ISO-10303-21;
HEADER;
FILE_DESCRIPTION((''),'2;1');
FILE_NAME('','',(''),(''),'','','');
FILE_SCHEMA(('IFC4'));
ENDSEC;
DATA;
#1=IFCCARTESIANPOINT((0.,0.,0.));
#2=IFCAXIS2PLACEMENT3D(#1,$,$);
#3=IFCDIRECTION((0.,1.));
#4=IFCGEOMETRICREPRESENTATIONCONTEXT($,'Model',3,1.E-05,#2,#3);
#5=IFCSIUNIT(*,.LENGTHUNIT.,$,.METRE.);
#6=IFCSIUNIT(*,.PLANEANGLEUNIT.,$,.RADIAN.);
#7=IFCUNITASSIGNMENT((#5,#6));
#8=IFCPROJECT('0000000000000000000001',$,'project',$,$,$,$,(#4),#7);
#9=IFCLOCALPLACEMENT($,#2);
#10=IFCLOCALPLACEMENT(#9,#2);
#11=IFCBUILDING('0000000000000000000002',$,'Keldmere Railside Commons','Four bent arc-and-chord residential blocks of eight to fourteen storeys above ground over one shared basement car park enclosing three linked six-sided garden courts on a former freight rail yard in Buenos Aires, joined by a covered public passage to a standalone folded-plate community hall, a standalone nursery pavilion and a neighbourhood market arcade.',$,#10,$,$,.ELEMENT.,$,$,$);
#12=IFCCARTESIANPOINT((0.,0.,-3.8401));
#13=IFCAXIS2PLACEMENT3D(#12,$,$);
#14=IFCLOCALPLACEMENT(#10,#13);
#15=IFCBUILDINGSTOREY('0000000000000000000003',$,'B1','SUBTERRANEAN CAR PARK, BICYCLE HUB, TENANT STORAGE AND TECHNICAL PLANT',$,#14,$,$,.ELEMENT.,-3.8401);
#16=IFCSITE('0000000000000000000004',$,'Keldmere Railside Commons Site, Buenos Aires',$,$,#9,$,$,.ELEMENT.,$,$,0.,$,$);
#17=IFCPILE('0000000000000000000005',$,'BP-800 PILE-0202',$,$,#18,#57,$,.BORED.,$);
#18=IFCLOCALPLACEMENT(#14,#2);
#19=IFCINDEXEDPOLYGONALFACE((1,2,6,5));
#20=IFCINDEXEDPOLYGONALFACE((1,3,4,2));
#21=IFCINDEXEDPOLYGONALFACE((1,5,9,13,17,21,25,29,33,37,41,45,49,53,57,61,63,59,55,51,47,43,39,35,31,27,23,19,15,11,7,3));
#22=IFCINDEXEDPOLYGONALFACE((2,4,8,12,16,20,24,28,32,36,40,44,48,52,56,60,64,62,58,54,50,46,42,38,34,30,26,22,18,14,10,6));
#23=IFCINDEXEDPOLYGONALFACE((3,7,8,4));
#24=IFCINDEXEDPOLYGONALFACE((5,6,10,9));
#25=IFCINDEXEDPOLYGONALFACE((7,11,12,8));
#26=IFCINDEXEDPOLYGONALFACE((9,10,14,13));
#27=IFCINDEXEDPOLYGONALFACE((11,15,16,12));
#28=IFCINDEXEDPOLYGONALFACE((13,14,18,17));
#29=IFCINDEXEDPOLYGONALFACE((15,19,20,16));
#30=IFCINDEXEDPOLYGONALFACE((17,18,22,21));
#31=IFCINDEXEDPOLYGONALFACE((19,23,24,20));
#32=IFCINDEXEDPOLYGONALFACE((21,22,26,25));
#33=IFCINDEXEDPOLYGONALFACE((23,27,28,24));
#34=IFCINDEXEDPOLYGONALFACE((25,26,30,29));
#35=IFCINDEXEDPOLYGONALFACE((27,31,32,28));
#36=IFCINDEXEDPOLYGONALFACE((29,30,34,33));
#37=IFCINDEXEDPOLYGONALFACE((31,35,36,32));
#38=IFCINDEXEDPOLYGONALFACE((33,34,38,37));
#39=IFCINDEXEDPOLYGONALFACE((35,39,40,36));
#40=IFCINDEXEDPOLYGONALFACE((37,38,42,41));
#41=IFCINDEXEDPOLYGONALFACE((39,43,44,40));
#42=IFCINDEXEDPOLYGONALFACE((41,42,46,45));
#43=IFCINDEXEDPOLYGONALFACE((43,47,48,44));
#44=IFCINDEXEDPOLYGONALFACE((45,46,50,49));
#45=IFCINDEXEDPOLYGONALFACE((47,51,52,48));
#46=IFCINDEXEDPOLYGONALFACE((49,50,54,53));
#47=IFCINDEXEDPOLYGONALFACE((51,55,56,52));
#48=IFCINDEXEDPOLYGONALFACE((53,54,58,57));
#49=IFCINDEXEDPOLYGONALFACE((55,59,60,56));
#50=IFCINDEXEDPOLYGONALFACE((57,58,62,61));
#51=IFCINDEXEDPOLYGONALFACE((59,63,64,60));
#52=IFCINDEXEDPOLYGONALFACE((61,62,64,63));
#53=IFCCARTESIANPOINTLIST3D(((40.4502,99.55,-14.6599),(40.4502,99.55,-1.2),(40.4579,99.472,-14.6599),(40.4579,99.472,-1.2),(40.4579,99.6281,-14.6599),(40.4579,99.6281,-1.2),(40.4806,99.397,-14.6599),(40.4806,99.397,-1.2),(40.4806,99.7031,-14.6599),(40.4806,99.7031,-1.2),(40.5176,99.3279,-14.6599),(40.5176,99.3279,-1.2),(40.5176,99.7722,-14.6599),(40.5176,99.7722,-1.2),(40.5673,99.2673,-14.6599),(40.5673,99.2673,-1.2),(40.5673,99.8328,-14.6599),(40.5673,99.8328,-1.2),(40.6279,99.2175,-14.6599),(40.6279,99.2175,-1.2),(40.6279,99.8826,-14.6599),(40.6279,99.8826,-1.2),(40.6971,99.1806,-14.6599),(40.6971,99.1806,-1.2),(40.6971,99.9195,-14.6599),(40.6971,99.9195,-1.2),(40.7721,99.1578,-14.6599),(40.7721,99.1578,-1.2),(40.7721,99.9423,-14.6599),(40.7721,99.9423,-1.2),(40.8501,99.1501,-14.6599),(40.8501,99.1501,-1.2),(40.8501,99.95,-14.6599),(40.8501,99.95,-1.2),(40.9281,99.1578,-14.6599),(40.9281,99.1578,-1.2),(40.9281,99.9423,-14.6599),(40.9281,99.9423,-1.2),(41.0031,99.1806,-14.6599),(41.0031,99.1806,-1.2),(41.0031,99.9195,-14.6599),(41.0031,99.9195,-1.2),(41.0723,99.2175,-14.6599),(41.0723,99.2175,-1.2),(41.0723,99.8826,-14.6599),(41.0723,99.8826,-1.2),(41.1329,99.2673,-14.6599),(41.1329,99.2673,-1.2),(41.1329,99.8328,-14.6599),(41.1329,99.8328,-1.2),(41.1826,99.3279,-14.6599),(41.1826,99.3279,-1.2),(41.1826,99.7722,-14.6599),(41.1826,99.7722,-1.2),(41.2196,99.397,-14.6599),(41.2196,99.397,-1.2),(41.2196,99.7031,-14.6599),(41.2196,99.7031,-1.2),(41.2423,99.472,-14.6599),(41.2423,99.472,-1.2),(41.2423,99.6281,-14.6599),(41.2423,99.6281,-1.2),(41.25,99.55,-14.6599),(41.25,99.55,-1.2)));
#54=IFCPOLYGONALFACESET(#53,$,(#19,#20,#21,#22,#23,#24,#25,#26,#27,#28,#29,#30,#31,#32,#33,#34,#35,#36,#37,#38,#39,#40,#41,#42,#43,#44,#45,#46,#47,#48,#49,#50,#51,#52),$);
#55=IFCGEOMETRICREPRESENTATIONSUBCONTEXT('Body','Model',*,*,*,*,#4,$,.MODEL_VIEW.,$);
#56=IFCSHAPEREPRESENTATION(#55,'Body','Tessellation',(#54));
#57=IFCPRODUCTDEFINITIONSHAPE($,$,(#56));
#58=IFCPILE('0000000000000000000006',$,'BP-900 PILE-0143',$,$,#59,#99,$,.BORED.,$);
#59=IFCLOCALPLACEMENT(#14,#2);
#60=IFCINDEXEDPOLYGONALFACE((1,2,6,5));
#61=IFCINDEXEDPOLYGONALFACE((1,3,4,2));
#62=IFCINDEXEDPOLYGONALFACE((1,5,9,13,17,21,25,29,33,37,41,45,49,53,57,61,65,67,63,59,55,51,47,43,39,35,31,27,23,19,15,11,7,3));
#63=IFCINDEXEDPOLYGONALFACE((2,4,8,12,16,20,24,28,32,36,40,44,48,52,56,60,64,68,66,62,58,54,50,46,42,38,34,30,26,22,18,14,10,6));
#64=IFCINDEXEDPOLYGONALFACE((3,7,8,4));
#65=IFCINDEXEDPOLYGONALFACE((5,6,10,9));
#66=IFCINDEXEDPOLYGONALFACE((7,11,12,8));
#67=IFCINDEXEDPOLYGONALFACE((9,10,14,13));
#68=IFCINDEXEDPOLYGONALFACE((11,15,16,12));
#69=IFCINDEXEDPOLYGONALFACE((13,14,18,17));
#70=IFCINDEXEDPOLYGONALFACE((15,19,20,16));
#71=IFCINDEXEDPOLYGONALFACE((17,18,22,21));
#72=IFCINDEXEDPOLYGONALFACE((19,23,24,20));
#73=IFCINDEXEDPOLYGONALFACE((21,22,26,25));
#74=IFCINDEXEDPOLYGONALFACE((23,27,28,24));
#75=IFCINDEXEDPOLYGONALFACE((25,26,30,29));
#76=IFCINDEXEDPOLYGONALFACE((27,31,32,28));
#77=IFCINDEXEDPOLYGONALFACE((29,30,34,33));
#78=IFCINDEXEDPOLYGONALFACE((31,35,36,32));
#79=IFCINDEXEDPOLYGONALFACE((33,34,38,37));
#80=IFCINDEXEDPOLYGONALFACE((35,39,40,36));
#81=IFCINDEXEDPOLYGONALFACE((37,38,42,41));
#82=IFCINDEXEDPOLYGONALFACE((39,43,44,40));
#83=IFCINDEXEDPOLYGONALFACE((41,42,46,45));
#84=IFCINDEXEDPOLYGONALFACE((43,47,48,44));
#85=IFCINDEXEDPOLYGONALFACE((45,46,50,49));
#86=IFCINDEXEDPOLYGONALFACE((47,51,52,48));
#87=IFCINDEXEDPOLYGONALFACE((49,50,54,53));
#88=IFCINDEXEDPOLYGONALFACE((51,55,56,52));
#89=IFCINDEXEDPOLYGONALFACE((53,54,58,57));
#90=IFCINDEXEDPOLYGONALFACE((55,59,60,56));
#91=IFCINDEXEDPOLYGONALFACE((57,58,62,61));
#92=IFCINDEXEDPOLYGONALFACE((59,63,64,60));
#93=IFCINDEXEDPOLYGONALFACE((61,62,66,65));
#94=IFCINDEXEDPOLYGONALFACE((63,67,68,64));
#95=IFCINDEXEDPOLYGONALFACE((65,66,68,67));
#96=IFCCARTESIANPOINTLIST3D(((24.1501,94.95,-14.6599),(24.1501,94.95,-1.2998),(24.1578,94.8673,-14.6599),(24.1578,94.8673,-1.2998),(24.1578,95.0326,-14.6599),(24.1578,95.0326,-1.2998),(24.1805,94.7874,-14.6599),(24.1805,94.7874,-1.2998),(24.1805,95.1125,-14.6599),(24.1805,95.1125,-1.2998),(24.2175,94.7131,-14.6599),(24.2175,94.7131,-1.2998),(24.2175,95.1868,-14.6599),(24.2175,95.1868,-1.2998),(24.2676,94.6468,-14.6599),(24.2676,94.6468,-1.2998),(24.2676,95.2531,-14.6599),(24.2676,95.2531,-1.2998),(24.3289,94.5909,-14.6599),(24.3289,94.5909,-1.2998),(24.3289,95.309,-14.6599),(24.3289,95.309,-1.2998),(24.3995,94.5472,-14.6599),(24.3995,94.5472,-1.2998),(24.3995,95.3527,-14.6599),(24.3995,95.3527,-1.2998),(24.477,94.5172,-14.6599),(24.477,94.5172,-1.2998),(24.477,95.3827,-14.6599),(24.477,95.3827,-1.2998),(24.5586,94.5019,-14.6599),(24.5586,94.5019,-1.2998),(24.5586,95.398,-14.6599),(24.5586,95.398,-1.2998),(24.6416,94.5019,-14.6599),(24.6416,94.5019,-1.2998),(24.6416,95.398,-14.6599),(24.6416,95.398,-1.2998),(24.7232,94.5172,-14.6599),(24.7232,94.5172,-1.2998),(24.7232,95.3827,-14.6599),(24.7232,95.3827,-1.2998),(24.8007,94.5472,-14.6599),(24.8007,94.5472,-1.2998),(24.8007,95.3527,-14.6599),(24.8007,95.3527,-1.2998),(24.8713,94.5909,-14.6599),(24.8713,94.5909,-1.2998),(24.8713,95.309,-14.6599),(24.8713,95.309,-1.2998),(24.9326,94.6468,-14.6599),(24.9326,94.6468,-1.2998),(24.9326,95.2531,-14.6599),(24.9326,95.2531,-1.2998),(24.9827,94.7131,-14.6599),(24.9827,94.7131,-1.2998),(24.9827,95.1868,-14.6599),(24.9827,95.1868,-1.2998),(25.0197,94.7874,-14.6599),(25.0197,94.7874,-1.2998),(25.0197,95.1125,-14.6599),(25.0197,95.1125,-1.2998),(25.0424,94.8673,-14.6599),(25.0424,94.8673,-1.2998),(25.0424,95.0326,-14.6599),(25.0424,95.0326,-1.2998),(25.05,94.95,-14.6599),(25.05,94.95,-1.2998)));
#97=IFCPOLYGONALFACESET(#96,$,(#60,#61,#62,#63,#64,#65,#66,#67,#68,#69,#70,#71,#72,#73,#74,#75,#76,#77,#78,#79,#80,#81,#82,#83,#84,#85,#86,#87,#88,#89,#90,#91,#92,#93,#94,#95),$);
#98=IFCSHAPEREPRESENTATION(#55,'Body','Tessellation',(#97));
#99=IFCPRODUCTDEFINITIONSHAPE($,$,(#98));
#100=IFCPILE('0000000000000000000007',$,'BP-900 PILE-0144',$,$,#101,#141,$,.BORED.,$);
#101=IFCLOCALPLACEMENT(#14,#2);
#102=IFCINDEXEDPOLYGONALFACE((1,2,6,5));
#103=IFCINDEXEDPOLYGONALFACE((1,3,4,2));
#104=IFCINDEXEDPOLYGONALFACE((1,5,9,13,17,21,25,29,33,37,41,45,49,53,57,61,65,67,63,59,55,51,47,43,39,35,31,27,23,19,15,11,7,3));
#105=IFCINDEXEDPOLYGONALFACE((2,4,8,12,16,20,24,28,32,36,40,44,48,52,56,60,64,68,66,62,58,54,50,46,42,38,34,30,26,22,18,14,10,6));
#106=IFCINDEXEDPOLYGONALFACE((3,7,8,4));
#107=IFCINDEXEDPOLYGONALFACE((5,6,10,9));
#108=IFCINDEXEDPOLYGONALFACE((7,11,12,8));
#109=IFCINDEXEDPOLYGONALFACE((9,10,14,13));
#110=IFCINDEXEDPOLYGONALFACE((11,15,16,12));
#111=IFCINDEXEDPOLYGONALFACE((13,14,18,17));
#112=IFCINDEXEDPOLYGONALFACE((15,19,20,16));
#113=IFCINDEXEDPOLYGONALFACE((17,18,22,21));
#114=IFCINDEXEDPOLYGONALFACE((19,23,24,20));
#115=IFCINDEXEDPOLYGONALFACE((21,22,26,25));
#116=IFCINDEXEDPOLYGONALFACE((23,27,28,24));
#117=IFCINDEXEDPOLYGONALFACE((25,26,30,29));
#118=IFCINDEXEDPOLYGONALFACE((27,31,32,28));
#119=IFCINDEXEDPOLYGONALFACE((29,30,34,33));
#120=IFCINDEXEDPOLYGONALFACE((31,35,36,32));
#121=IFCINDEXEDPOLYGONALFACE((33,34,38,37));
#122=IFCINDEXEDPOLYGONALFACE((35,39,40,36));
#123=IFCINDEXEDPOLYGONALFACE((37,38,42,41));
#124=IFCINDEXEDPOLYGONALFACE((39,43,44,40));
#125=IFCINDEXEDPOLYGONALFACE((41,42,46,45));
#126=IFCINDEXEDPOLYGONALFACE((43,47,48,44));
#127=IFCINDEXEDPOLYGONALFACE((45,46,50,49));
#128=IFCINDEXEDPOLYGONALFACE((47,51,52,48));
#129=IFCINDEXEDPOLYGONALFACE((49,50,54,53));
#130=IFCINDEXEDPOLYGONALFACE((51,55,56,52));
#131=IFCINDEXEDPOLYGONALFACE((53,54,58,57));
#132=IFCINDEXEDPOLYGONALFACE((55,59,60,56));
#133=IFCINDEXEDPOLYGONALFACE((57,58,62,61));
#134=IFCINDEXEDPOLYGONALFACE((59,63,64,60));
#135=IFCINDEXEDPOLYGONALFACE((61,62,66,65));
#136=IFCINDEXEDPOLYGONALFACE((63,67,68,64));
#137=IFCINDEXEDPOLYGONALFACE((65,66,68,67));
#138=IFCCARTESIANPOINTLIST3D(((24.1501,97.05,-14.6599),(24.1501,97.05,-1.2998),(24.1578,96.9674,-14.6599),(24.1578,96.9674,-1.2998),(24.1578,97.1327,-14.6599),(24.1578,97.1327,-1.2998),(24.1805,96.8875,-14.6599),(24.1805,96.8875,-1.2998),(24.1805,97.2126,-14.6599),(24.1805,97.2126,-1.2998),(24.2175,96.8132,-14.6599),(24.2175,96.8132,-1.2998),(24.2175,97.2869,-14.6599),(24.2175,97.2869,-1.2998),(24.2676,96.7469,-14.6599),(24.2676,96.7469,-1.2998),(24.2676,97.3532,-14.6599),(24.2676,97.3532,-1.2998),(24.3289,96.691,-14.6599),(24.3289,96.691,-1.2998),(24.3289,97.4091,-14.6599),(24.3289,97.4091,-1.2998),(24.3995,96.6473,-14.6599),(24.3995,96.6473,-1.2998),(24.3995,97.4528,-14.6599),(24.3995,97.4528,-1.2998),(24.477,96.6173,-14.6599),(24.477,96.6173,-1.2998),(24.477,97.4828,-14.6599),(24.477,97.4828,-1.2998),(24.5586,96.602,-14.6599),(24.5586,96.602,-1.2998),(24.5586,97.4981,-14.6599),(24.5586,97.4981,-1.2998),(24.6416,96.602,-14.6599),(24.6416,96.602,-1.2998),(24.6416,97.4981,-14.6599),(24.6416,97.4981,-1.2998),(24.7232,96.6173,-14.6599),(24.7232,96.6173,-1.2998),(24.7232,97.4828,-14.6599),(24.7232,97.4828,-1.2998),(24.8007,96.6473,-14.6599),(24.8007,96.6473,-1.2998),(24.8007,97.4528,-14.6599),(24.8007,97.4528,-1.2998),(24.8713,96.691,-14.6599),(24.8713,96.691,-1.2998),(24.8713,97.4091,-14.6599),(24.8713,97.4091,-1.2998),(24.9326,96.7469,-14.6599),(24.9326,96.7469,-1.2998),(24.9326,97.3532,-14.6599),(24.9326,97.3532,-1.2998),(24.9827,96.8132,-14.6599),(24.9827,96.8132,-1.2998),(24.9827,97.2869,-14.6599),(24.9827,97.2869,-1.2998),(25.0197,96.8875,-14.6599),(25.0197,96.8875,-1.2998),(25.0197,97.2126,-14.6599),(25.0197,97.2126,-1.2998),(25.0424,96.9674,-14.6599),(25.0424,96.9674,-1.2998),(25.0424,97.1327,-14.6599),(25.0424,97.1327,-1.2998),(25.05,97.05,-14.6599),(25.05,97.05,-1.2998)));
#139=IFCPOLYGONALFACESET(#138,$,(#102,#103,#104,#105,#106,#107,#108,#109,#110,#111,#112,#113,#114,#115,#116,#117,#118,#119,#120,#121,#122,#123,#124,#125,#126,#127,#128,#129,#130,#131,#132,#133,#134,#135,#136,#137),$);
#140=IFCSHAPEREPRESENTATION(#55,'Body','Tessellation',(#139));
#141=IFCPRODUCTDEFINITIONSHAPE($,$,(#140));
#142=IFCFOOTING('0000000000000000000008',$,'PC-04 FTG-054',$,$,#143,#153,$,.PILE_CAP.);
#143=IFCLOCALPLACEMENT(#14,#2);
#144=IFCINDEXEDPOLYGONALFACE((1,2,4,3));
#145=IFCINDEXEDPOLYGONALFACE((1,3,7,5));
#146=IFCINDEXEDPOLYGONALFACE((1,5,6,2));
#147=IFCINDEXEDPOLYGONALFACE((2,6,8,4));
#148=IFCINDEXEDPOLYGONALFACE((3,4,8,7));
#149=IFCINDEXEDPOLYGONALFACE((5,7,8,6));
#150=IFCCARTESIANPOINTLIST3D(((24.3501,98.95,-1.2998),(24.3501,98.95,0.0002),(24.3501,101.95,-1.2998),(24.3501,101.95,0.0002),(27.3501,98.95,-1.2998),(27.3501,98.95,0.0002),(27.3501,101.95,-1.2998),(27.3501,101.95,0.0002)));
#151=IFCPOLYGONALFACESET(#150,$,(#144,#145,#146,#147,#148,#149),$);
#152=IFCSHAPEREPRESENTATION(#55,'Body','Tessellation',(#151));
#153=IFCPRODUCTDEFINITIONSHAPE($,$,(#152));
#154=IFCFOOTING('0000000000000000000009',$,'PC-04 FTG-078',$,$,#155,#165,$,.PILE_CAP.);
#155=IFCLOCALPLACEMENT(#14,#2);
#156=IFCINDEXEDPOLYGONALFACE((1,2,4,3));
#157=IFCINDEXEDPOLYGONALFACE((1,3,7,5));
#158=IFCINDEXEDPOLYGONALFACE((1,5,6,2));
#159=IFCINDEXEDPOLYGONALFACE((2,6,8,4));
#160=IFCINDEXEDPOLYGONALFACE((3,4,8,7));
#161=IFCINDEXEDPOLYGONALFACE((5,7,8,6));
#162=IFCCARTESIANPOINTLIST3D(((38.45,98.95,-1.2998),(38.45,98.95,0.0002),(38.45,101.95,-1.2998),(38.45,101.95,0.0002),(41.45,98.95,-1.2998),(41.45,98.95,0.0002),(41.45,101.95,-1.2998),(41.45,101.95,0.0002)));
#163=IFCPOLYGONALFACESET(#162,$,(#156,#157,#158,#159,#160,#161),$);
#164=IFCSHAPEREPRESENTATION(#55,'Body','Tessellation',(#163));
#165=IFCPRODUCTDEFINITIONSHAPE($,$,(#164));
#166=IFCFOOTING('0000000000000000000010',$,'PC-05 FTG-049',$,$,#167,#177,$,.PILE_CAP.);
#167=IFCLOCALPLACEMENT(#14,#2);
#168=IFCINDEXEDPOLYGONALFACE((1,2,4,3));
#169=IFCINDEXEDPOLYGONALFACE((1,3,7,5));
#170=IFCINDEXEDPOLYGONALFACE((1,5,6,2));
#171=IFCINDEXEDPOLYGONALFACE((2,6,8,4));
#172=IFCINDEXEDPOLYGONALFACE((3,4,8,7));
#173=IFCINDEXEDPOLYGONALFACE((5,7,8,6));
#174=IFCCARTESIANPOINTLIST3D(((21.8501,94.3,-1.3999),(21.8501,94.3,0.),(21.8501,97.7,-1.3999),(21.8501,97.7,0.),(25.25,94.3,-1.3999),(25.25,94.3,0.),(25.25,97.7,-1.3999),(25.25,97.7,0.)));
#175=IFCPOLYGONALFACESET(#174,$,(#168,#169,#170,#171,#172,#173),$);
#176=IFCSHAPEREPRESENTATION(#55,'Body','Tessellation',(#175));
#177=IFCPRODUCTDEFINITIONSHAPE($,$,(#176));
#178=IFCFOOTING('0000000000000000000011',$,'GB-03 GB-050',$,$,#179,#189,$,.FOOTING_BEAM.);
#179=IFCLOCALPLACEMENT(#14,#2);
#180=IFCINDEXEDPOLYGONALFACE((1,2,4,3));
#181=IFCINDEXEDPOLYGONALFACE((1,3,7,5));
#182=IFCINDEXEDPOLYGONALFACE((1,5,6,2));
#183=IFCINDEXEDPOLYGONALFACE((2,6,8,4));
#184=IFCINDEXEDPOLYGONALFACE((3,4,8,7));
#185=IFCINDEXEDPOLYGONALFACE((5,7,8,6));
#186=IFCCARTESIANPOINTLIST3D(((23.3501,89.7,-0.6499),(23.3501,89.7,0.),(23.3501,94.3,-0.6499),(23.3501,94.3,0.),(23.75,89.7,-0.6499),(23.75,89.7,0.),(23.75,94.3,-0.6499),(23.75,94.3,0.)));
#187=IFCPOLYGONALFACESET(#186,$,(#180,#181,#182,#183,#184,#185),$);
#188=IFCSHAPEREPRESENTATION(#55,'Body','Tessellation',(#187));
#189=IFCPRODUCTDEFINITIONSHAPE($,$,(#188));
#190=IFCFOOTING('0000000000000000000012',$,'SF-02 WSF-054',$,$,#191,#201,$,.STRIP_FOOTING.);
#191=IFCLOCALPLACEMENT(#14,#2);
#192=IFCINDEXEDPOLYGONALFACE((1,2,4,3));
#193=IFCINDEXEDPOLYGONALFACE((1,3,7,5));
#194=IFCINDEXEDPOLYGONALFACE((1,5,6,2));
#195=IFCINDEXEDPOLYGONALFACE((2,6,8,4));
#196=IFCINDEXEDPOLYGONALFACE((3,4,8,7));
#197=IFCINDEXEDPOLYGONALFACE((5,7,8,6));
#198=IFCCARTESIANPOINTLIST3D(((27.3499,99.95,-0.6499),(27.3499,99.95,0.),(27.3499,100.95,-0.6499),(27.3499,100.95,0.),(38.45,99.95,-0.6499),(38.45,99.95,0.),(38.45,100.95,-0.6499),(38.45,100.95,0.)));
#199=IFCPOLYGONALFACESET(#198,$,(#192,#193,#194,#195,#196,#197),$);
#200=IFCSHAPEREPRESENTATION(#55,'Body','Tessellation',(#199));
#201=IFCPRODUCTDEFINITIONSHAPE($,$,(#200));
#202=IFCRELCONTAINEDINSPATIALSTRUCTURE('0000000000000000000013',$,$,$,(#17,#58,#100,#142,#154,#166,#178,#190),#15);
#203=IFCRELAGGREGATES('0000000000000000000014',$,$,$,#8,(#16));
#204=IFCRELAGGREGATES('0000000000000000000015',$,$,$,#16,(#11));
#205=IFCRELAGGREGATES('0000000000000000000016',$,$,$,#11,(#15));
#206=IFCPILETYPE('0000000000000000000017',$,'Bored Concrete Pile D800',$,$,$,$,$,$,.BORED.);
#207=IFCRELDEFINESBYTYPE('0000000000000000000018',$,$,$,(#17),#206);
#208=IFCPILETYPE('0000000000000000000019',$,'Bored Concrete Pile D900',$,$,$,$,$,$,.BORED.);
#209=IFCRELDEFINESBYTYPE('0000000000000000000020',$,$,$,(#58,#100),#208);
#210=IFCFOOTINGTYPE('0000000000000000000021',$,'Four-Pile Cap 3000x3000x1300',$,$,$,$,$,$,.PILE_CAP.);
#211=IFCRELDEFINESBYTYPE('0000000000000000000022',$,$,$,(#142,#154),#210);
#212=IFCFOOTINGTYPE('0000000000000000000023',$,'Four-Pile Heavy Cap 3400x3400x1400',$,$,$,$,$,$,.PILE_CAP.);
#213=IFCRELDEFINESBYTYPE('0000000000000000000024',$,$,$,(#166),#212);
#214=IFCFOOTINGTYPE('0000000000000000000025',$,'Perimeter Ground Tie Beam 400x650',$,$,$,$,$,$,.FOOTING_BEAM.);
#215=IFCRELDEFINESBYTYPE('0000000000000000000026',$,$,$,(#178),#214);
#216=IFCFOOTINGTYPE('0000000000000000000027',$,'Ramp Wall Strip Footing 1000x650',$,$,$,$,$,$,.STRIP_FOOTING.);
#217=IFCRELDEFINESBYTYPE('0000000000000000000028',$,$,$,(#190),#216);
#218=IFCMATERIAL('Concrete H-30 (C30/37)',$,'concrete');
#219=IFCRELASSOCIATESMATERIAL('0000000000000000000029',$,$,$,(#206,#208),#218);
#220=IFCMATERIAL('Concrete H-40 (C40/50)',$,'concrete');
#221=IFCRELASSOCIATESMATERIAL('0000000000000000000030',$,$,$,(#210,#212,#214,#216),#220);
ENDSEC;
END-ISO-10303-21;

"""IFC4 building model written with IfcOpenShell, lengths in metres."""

from ifc_helpers import new_model, si_unit, direction, frame, origin, origin_2d, place, context, subcontext, project, spatial, rectangle, circle, extrude, material, material_profile, profile_set, type_object, element, save


model = new_model("IFC4")

# Units and contexts
model_context = context("Model", 3, precision=1e-05, world=origin(), true_north=direction((0.0, 1.0)))
body_context = subcontext(model_context, "Body", "Model", "MODEL_VIEW")
ifc_project = project(units=[si_unit("LENGTHUNIT", "METRE"), si_unit("PLANEANGLEUNIT", "RADIAN")], contexts=[model_context])

# Site, building, storey
site_placement = place(None, origin())
site = spatial("IfcSite", under=ifc_project, at=site_placement, Name="Keldmere Railside Commons Site, Buenos Aires", CompositionType="ELEMENT", RefElevation=0.0)
building_placement = place(site_placement, origin())
building = spatial("IfcBuilding", under=site, at=building_placement, Name="Keldmere Railside Commons", Description="Four bent arc-and-chord residential blocks of eight to fourteen storeys above ground over one shared basement car park enclosing three linked six-sided garden courts on a former freight rail yard in Buenos Aires, joined by a covered public passage to a standalone folded-plate community hall, a standalone nursery pavilion and a neighbourhood market arcade.", CompositionType="ELEMENT")
storey_placement = place(building_placement, frame((0.0, 0.0, -3.8401)))
storey = spatial("IfcBuildingStorey", under=building, at=storey_placement, Name="B1", Description="SUBTERRANEAN CAR PARK, BICYCLE HUB, TENANT STORAGE AND TECHNICAL PLANT", CompositionType="ELEMENT", Elevation=-3.8401)

# Piles
ifc_material_1 = material(Name="Concrete H-30 (C30/37)", Category="concrete")
ifc_material_profile_1 = material_profile(ifc_material_1, circle(Radius=0.3999, at=origin_2d()), Name="PILE-D800")
ifc_profile_set_1 = profile_set([ifc_material_profile_1], Name="Concrete H-30 (C30/37)")
pile_type_1 = type_object("IfcPileType", Name="Bored Concrete Pile D800", PredefinedType="BORED", material=ifc_profile_set_1)
for number, where, z_axis, x_axis, name in (
    (1, (40.8501, 99.55, -1.2), (0.0, 0.0, -1.0), (1.0, 0.0, 0.0), "BP-800 PILE-0202"),
):
    element("IfcPile", number, at=place(storey_placement, frame(where, z_axis=z_axis, x_axis=x_axis)), inside=storey, type_object=pile_type_1, Name=name, PredefinedType="BORED", context=body_context, shape_type="SweptSolid", body=[
        extrude(circle(Radius=0.3999, at=origin_2d()), origin(), (0.0, 0.0, 1.0), 13.46),
    ])
ifc_material_profile_2 = material_profile(ifc_material_1, circle(Radius=0.45, at=origin_2d()), Name="PILE-D900")
ifc_profile_set_2 = profile_set([ifc_material_profile_2], Name="Concrete H-30 (C30/37)")
pile_type_2 = type_object("IfcPileType", Name="Bored Concrete Pile D900", PredefinedType="BORED", material=ifc_profile_set_2)
for number, where, z_axis, x_axis, name in (
    (2, (24.6001, 94.95, -1.2998), (0.0, 0.0, -1.0), (1.0, 0.0, 0.0), "BP-900 PILE-0143"),
    (3, (24.6001, 97.05, -1.2998), (0.0, 0.0, -1.0), (1.0, 0.0, 0.0), "BP-900 PILE-0144"),
):
    element("IfcPile", number, at=place(storey_placement, frame(where, z_axis=z_axis, x_axis=x_axis)), inside=storey, type_object=pile_type_2, Name=name, PredefinedType="BORED", context=body_context, shape_type="SweptSolid", body=[
        extrude(circle(Radius=0.45, at=origin_2d()), origin(), (0.0, 0.0, 1.0), 13.3601),
    ])

# Footings
ifc_material_2 = material(Name="Concrete H-40 (C40/50)", Category="concrete")
footing_type_1 = type_object("IfcFootingType", Name="Four-Pile Cap 3000x3000x1300", PredefinedType="PILE_CAP", material=ifc_material_2)
for number, where, z_axis, x_axis, name in (
    (4, (25.8501, 100.45, -1.2998), (0.0, 0.0, 1.0), (1.0, 0.0, 0.0), "PC-04 FTG-054"),
    (5, (39.95, 100.45, -1.2998), (0.0, 0.0, 1.0), (1.0, 0.0, 0.0), "PC-04 FTG-078"),
):
    element("IfcFooting", number, at=place(storey_placement, frame(where, z_axis=z_axis, x_axis=x_axis)), inside=storey, type_object=footing_type_1, Name=name, PredefinedType="PILE_CAP", context=body_context, shape_type="SweptSolid", body=[
        extrude(rectangle(XDim=3.0, YDim=3.0, at=origin_2d()), origin(), (0.0, 0.0, 1.0), 1.3),
    ])
footing_type_2 = type_object("IfcFootingType", Name="Four-Pile Heavy Cap 3400x3400x1400", PredefinedType="PILE_CAP", material=ifc_material_2)
footing_1_placement = place(storey_placement, frame((23.55, 96.0, -1.3999), z_axis=(0.0, 0.0, 1.0), x_axis=(1.0, 0.0, 0.0)))
element("IfcFooting", 6, at=footing_1_placement, inside=storey, type_object=footing_type_2, Name="PC-05 FTG-049", PredefinedType="PILE_CAP", context=body_context, shape_type="SweptSolid", body=[
    extrude(rectangle(XDim=3.3999, YDim=3.3999, at=origin_2d()), origin(), (0.0, 0.0, 1.0), 1.3999),
])
footing_type_3 = type_object("IfcFootingType", Name="Perimeter Ground Tie Beam 400x650", PredefinedType="FOOTING_BEAM", material=ifc_material_2)
footing_2_placement = place(storey_placement, frame((23.55, 92.0, -0.6499), z_axis=(0.0, 0.0, 1.0), x_axis=(0.0, 1.0, 0.0)))
element("IfcFooting", 7, at=footing_2_placement, inside=storey, type_object=footing_type_3, Name="GB-03 GB-050", PredefinedType="FOOTING_BEAM", context=body_context, shape_type="SweptSolid", body=[
    extrude(rectangle(XDim=4.6001, YDim=0.3999, at=origin_2d()), origin(), (0.0, 0.0, 1.0), 0.6499),
])
footing_type_4 = type_object("IfcFootingType", Name="Ramp Wall Strip Footing 1000x650", PredefinedType="STRIP_FOOTING", material=ifc_material_2)
footing_3_placement = place(storey_placement, frame((32.8999, 100.45, -0.6499), z_axis=(0.0, 0.0, 1.0), x_axis=(1.0, 0.0, 0.0)))
element("IfcFooting", 8, at=footing_3_placement, inside=storey, type_object=footing_type_4, Name="SF-02 WSF-054", PredefinedType="STRIP_FOOTING", context=body_context, shape_type="SweptSolid", body=[
    extrude(rectangle(XDim=11.1001, YDim=1.0, at=origin_2d()), origin(), (0.0, 0.0, 1.0), 0.6499),
])

save(model, "model.ifc")
